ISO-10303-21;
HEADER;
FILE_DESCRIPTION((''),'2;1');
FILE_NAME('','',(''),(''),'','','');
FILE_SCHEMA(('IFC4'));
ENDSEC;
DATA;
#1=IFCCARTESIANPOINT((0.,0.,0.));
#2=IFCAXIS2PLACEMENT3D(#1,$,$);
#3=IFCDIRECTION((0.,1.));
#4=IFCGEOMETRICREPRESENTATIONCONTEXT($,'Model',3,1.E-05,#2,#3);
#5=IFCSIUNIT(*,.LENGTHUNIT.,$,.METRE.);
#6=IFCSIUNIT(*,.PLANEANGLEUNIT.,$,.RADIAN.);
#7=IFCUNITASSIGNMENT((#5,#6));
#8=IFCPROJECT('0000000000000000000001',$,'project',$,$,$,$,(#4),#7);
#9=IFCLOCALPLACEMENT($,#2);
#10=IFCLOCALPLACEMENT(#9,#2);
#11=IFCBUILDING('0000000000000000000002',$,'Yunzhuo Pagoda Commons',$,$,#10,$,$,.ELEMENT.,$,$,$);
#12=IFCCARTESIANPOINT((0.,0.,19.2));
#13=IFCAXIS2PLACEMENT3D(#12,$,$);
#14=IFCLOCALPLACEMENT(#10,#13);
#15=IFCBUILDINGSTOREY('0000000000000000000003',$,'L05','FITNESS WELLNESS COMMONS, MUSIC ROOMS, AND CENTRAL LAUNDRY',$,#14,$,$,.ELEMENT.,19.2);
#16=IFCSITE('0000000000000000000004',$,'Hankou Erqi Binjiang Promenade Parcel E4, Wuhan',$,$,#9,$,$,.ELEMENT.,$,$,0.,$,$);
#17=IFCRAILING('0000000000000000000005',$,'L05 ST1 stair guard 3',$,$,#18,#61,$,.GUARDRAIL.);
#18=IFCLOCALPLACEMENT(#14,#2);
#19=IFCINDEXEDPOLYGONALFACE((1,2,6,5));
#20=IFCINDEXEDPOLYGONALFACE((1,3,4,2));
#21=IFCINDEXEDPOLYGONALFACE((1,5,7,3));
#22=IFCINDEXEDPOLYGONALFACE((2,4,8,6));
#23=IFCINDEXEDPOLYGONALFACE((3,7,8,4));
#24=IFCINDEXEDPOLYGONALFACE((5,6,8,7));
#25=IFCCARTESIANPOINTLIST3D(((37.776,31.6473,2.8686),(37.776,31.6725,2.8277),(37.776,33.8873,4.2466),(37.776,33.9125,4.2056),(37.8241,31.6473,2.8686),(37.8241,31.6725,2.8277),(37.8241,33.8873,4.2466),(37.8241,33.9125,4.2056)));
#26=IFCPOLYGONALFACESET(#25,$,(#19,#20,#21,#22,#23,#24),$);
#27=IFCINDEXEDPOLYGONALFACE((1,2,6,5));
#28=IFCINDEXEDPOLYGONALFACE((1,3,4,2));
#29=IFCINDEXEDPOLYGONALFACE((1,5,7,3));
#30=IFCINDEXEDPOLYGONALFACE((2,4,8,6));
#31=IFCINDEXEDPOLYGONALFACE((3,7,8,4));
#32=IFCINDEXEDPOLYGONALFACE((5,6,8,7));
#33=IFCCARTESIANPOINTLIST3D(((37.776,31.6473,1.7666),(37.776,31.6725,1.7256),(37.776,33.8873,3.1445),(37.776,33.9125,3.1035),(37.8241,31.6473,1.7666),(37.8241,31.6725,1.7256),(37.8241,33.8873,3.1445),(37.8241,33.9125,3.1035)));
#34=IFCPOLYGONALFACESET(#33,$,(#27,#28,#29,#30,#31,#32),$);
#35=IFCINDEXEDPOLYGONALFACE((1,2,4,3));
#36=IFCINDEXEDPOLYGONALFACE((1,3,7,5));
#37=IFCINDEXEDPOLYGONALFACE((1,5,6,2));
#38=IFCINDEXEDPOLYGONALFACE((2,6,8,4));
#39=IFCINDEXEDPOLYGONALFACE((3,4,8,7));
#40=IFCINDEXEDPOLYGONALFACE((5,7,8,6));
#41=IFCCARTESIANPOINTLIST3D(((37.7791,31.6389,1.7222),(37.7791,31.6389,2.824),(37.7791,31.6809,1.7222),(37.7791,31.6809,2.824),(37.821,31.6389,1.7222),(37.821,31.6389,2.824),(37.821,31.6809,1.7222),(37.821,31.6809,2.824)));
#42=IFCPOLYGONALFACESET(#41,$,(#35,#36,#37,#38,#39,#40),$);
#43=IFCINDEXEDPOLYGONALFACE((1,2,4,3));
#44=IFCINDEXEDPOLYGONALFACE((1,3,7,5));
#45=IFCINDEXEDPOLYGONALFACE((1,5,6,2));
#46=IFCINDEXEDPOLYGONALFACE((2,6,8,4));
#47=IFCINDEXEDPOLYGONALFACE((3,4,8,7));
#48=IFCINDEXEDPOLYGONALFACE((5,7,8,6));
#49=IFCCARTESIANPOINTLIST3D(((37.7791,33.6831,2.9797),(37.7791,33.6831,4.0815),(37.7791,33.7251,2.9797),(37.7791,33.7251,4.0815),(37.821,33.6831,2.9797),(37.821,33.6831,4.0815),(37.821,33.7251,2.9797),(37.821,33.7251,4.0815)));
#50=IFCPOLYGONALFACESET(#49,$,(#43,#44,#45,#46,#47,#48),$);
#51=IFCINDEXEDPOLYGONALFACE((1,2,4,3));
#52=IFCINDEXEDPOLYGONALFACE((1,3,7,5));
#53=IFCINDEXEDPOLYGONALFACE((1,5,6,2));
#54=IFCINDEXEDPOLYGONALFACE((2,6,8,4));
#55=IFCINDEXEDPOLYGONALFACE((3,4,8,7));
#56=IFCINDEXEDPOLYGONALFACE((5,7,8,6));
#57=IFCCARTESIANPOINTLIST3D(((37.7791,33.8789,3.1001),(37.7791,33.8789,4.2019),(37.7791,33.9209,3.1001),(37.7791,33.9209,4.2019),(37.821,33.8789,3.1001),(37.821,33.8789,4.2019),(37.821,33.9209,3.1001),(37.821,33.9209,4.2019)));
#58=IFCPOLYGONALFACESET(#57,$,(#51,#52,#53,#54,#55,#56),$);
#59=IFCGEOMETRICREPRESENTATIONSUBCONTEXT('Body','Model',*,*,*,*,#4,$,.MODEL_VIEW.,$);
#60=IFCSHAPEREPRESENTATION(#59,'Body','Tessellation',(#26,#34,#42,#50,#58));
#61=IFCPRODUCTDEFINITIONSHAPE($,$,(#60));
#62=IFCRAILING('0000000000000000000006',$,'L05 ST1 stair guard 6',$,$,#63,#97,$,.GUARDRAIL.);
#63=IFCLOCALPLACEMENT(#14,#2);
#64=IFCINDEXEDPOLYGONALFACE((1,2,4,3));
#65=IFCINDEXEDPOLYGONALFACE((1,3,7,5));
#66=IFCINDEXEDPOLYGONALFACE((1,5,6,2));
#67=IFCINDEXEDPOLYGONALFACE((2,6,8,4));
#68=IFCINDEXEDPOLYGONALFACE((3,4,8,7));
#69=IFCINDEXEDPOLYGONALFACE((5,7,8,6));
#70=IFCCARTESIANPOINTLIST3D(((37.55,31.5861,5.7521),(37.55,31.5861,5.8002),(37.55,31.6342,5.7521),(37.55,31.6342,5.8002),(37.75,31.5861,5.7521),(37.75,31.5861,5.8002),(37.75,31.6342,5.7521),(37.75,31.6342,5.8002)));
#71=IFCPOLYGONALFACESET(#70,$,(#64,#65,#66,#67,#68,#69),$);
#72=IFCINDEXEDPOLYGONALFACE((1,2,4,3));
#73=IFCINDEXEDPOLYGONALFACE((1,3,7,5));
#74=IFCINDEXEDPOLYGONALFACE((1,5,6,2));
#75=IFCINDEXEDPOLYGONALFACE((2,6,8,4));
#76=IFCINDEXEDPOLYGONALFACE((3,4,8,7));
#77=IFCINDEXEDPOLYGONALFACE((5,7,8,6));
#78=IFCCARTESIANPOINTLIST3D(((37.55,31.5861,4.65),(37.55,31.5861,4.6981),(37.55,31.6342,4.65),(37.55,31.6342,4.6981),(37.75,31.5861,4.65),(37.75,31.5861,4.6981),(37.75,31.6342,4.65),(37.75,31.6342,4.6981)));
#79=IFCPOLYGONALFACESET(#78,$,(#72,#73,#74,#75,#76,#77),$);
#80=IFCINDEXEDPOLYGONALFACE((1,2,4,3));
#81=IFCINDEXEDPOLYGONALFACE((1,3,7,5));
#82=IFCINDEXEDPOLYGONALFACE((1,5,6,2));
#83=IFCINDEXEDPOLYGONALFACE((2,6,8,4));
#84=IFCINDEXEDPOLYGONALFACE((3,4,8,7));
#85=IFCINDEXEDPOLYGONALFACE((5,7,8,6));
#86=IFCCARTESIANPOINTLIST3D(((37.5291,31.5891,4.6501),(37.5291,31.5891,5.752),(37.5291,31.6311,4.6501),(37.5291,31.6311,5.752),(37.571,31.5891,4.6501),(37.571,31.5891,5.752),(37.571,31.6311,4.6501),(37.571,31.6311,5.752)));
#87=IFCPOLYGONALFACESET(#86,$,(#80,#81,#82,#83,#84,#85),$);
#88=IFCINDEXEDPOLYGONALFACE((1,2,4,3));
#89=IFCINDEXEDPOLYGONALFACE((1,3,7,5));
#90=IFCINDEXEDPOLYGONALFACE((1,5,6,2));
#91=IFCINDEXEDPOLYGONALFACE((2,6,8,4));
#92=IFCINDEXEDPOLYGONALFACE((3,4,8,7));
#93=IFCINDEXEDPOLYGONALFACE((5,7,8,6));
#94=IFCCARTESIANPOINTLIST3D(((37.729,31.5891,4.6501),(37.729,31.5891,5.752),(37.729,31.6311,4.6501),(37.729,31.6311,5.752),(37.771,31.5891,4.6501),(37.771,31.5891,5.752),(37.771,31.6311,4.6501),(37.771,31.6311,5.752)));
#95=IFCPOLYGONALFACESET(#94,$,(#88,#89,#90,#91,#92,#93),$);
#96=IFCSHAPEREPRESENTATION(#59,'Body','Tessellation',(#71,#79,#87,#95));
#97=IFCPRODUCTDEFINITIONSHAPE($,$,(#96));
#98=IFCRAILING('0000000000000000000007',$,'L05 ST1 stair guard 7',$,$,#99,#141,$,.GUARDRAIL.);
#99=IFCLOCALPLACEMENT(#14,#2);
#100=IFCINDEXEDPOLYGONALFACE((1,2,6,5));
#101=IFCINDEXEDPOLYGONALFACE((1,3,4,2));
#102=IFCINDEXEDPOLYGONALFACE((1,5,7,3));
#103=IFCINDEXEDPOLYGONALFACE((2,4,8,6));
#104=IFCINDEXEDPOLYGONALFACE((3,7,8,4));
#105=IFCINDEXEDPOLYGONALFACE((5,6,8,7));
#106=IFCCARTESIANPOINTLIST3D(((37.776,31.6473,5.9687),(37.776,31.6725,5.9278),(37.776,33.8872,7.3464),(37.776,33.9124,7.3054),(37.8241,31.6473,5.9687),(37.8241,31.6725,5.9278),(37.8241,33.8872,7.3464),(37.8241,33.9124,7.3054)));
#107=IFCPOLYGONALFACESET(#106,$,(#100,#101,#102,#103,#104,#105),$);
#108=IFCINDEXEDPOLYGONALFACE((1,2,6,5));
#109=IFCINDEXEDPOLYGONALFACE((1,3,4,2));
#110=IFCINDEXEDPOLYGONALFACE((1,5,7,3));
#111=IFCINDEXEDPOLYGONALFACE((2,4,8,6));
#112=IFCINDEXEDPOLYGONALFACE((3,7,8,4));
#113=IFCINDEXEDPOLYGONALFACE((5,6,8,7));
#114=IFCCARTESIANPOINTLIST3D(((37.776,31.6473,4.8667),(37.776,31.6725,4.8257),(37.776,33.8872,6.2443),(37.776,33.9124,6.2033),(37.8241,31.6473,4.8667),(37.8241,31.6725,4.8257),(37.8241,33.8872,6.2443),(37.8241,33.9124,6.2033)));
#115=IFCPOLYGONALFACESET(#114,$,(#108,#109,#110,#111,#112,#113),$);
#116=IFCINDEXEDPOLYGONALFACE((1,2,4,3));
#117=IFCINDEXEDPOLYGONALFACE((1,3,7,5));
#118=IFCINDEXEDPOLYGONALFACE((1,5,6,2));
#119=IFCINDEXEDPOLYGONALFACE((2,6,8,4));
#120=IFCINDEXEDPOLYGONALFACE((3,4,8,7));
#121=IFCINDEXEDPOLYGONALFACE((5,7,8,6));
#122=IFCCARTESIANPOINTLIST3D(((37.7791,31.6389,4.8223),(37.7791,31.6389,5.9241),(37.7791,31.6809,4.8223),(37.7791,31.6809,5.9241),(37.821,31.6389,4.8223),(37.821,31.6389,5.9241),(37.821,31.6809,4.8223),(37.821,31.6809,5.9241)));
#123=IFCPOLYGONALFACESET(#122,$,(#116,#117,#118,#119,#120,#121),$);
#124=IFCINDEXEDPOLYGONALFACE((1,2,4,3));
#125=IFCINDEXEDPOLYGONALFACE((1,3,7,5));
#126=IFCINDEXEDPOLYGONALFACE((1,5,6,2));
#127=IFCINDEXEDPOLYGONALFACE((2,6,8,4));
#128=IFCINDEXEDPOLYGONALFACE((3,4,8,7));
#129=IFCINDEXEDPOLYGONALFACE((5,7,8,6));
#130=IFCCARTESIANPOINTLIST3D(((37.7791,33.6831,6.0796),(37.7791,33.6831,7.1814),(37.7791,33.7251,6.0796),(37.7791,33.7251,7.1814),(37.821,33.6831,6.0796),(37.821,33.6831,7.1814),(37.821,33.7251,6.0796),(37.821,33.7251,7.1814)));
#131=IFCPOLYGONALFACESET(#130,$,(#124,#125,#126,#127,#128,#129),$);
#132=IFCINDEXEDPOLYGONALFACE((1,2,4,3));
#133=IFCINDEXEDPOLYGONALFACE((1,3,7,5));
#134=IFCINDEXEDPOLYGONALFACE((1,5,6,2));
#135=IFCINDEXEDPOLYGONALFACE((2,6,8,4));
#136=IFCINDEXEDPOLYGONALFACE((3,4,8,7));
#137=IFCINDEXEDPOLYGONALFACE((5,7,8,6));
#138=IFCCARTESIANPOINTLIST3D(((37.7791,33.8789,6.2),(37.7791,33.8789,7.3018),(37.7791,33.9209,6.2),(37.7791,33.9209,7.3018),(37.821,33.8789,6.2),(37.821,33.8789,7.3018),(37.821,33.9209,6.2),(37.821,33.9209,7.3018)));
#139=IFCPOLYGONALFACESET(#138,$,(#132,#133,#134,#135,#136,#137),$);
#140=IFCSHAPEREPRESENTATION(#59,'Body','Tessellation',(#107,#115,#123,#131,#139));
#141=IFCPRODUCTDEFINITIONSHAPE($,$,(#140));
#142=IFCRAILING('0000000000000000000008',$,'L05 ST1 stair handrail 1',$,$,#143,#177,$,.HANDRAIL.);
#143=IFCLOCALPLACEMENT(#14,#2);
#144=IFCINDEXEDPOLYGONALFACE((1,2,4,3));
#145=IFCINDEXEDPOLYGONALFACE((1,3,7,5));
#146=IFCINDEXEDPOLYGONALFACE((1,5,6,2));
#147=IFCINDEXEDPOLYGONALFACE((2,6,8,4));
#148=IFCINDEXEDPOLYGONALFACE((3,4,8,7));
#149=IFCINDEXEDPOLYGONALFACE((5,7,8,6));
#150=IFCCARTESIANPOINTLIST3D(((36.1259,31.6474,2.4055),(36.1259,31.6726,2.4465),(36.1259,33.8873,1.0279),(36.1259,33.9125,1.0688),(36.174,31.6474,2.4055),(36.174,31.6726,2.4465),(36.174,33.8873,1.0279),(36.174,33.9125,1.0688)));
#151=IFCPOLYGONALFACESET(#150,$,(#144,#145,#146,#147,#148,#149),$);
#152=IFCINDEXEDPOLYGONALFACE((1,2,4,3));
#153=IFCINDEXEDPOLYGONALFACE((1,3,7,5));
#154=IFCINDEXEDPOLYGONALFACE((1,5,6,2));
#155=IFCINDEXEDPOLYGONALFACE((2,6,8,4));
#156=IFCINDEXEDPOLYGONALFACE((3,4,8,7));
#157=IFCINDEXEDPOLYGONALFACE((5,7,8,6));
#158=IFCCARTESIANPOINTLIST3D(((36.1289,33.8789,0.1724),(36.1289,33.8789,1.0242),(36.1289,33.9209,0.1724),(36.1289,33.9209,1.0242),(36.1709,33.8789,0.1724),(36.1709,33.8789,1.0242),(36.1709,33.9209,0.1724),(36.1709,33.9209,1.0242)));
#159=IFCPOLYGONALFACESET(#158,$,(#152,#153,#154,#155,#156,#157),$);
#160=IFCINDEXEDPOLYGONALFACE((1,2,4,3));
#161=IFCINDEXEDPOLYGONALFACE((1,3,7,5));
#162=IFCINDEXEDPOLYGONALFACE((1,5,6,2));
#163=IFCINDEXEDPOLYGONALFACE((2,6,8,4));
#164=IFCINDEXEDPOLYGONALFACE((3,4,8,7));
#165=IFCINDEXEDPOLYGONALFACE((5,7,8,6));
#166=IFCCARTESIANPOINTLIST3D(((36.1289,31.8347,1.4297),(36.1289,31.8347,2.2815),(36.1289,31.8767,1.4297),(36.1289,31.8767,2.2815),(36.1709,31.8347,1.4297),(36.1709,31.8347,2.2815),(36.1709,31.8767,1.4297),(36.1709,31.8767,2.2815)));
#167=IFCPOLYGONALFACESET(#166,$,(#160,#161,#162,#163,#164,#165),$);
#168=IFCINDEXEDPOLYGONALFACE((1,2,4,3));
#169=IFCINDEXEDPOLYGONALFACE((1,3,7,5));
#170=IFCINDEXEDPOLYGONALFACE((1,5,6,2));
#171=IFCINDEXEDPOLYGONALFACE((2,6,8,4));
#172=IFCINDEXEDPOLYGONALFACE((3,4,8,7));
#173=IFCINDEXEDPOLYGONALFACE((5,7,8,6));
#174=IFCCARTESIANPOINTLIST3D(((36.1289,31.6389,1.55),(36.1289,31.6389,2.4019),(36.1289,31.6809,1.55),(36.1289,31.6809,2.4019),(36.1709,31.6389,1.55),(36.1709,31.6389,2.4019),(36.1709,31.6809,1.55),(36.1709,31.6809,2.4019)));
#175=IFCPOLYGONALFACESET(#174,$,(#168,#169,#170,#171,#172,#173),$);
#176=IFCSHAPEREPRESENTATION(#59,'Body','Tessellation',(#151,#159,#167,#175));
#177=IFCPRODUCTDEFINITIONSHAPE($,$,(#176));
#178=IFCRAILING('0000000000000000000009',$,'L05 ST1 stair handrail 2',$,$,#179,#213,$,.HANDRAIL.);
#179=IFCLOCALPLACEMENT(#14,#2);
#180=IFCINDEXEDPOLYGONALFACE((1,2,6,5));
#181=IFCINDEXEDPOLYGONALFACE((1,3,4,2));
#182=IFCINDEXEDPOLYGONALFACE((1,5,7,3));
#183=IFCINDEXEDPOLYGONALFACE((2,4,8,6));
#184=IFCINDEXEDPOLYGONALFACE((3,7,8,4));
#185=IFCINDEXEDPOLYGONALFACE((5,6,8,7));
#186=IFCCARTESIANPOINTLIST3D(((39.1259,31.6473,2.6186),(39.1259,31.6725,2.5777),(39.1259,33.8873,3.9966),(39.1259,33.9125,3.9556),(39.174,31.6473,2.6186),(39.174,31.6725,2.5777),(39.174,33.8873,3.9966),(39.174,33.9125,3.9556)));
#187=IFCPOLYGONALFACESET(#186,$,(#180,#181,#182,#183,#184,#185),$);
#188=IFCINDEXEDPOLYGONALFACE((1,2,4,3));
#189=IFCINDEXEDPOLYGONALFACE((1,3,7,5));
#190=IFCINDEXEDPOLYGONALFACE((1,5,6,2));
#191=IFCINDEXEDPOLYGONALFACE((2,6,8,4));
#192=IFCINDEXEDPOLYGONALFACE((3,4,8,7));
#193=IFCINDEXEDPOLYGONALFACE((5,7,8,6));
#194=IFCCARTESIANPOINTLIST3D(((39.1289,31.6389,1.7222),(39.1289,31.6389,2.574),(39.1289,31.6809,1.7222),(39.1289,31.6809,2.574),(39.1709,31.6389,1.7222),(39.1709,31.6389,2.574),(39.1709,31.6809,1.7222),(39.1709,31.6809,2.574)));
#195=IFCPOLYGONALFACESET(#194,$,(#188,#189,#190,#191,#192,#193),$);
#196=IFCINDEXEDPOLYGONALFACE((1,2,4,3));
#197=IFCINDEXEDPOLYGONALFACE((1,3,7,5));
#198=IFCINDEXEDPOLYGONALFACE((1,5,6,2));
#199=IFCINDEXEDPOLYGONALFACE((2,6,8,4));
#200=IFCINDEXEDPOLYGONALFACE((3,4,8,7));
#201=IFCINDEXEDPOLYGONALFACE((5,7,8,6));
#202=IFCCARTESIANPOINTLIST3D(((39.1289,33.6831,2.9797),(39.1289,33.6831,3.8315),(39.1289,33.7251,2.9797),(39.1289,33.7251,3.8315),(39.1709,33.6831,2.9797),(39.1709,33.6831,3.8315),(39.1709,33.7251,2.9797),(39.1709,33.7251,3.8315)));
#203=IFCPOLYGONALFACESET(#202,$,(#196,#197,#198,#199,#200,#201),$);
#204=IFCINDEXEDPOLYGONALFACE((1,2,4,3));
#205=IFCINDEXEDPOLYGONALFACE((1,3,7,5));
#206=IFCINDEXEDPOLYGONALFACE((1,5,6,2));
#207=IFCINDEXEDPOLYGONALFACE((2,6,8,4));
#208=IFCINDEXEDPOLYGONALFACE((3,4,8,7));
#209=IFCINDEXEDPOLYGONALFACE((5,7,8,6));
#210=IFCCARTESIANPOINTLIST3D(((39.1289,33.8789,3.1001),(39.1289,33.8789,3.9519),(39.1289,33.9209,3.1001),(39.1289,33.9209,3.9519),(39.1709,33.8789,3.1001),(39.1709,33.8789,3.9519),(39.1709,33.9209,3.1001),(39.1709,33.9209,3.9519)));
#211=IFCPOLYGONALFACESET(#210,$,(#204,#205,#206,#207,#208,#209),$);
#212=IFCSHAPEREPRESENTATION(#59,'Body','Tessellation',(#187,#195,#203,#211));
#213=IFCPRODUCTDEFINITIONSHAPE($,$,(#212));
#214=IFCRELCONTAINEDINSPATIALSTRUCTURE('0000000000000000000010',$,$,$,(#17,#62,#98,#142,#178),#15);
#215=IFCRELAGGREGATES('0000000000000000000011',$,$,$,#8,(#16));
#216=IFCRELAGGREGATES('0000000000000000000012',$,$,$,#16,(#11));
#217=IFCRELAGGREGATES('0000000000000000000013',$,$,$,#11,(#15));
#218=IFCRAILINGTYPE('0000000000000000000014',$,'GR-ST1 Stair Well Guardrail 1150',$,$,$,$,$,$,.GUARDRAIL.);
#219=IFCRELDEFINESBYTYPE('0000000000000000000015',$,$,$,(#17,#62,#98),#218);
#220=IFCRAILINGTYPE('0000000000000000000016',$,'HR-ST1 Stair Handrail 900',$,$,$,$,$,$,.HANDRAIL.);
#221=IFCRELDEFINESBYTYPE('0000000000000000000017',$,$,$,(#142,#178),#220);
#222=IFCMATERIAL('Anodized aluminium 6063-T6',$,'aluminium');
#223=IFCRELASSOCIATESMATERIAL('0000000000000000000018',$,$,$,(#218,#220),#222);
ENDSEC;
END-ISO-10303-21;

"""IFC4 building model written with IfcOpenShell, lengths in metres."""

from ifc_helpers import new_model, si_unit, direction, frame, origin, origin_2d, place, context, subcontext, project, spatial, rectangle, extrude, material, type_object, element, save


model = new_model("IFC4")

# Units and contexts
model_context = context("Model", 3, precision=1e-05, world=origin(), true_north=direction((0.0, 1.0)))
body_context = subcontext(model_context, "Body", "Model", "MODEL_VIEW")
ifc_project = project(units=[si_unit("LENGTHUNIT", "METRE"), si_unit("PLANEANGLEUNIT", "RADIAN")], contexts=[model_context])

# Site, building, storey
site_placement = place(None, origin())
site = spatial("IfcSite", under=ifc_project, at=site_placement, Name="Hankou Erqi Binjiang Promenade Parcel E4, Wuhan", CompositionType="ELEMENT", RefElevation=0.0)
building_placement = place(site_placement, origin())
building = spatial("IfcBuilding", under=site, at=building_placement, Name="Yunzhuo Pagoda Commons", CompositionType="ELEMENT")
storey_placement = place(building_placement, frame((0.0, 0.0, 19.2)))
storey = spatial("IfcBuildingStorey", under=building, at=storey_placement, Name="L05", Description="FITNESS WELLNESS COMMONS, MUSIC ROOMS, AND CENTRAL LAUNDRY", CompositionType="ELEMENT", Elevation=19.2)

# Railings
ifc_material_1 = material(Name="Anodized aluminium 6063-T6", Category="aluminium")
railing_type_1 = type_object("IfcRailingType", Name="GR-ST1 Stair Well Guardrail 1150", PredefinedType="GUARDRAIL", material=ifc_material_1)
railing_1_placement = place(storey_placement, frame((37.8, 31.6599, 1.7222)))
element("IfcRailing", 1, at=railing_1_placement, inside=storey, type_object=railing_type_1, Name="L05 ST1 stair guard 3", PredefinedType="GUARDRAIL", context=body_context, shape_type="SweptSolid", body=[
    extrude(rectangle(XDim=0.0481, YDim=0.0481, at=origin_2d()), frame((0.0, 0.0, 1.126), z_axis=(0.0, 0.851748, 0.523952), x_axis=(-1.0, 0.0, 0.0)), (0.0, 0.0, 1.0), 2.6299),
    extrude(rectangle(XDim=0.0481, YDim=0.0481, at=origin_2d()), frame((0.0, 0.0, 0.0239), z_axis=(0.0, 0.851748, 0.523952), x_axis=(-1.0, 0.0, 0.0)), (0.0, 0.0, 1.0), 2.6299),
    extrude(rectangle(XDim=0.042, YDim=0.042, at=origin_2d()), origin(), (0.0, 0.0, 1.0), 1.1018),
    extrude(rectangle(XDim=0.042, YDim=0.042, at=origin_2d()), frame((0.0, 2.0442, 1.2576)), (0.0, 0.0, 1.0), 1.1018),
    extrude(rectangle(XDim=0.042, YDim=0.042, at=origin_2d()), frame((0.0, 2.24, 1.3779)), (0.0, 0.0, 1.0), 1.1018),
])
railing_2_placement = place(storey_placement, frame((37.55, 31.6101, 4.6501)))
element("IfcRailing", 2, at=railing_2_placement, inside=storey, type_object=railing_type_1, Name="L05 ST1 stair guard 6", PredefinedType="GUARDRAIL", context=body_context, shape_type="SweptSolid", body=[
    extrude(rectangle(XDim=0.0481, YDim=0.0481, at=origin_2d()), frame((0.0, 0.0, 1.126), z_axis=(1.0, 0.0, 0.0), x_axis=(0.0, 1.0, 0.0)), (0.0, 0.0, 1.0), 0.2),
    extrude(rectangle(XDim=0.0481, YDim=0.0481, at=origin_2d()), frame((0.0, 0.0, 0.0239), z_axis=(1.0, 0.0, 0.0), x_axis=(0.0, 1.0, 0.0)), (0.0, 0.0, 1.0), 0.2),
    extrude(rectangle(XDim=0.042, YDim=0.042, at=origin_2d()), origin(), (0.0, 0.0, 1.0), 1.1018),
    extrude(rectangle(XDim=0.042, YDim=0.042, at=origin_2d()), frame((0.2, 0.0, 0.0)), (0.0, 0.0, 1.0), 1.1018),
])
railing_3_placement = place(storey_placement, frame((37.8, 31.6599, 4.8223)))
element("IfcRailing", 3, at=railing_3_placement, inside=storey, type_object=railing_type_1, Name="L05 ST1 stair guard 7", PredefinedType="GUARDRAIL", context=body_context, shape_type="SweptSolid", body=[
    extrude(rectangle(XDim=0.0481, YDim=0.0481, at=origin_2d()), frame((0.0, 0.0, 1.126), z_axis=(0.0, 0.851789, 0.523885), x_axis=(-1.0, 0.0, 0.0)), (0.0, 0.0, 1.0), 2.6296),
    extrude(rectangle(XDim=0.0481, YDim=0.0481, at=origin_2d()), frame((0.0, 0.0, 0.0239), z_axis=(0.0, 0.851789, 0.523885), x_axis=(-1.0, 0.0, 0.0)), (0.0, 0.0, 1.0), 2.6296),
    extrude(rectangle(XDim=0.042, YDim=0.042, at=origin_2d()), origin(), (0.0, 0.0, 1.0), 1.1018),
    extrude(rectangle(XDim=0.042, YDim=0.042, at=origin_2d()), frame((0.0, 2.0442, 1.2573)), (0.0, 0.0, 1.0), 1.1018),
    extrude(rectangle(XDim=0.042, YDim=0.042, at=origin_2d()), frame((0.0, 2.24, 1.3777)), (0.0, 0.0, 1.0), 1.1018),
])
railing_type_2 = type_object("IfcRailingType", Name="HR-ST1 Stair Handrail 900", PredefinedType="HANDRAIL", material=ifc_material_1)
railing_4_placement = place(storey_placement, frame((36.1499, 33.8999, 0.1724)))
element("IfcRailing", 4, at=railing_4_placement, inside=storey, type_object=railing_type_2, Name="L05 ST1 stair handrail 1", PredefinedType="HANDRAIL", context=body_context, shape_type="SweptSolid", body=[
    extrude(rectangle(XDim=0.0481, YDim=0.0481, at=origin_2d()), frame((0.0, 0.0, 0.876), z_axis=(0.0, -0.851789, 0.523885), x_axis=(1.0, 0.0, 0.0)), (0.0, 0.0, 1.0), 2.6296),
    extrude(rectangle(XDim=0.042, YDim=0.042, at=origin_2d()), origin(), (0.0, 0.0, 1.0), 0.8518),
    extrude(rectangle(XDim=0.042, YDim=0.042, at=origin_2d()), frame((0.0, -2.0442, 1.2573)), (0.0, 0.0, 1.0), 0.8518),
    extrude(rectangle(XDim=0.042, YDim=0.042, at=origin_2d()), frame((0.0, -2.24, 1.3777)), (0.0, 0.0, 1.0), 0.8518),
])
railing_5_placement = place(storey_placement, frame((39.1499, 31.6599, 1.7222)))
element("IfcRailing", 5, at=railing_5_placement, inside=storey, type_object=railing_type_2, Name="L05 ST1 stair handrail 2", PredefinedType="HANDRAIL", context=body_context, shape_type="SweptSolid", body=[
    extrude(rectangle(XDim=0.0481, YDim=0.0481, at=origin_2d()), frame((0.0, 0.0, 0.876), z_axis=(0.0, 0.851748, 0.523952), x_axis=(-1.0, 0.0, 0.0)), (0.0, 0.0, 1.0), 2.6299),
    extrude(rectangle(XDim=0.042, YDim=0.042, at=origin_2d()), origin(), (0.0, 0.0, 1.0), 0.8518),
    extrude(rectangle(XDim=0.042, YDim=0.042, at=origin_2d()), frame((0.0, 2.0442, 1.2576)), (0.0, 0.0, 1.0), 0.8518),
    extrude(rectangle(XDim=0.042, YDim=0.042, at=origin_2d()), frame((0.0, 2.24, 1.3779)), (0.0, 0.0, 1.0), 0.8518),
])

save(model, "model.ifc")
